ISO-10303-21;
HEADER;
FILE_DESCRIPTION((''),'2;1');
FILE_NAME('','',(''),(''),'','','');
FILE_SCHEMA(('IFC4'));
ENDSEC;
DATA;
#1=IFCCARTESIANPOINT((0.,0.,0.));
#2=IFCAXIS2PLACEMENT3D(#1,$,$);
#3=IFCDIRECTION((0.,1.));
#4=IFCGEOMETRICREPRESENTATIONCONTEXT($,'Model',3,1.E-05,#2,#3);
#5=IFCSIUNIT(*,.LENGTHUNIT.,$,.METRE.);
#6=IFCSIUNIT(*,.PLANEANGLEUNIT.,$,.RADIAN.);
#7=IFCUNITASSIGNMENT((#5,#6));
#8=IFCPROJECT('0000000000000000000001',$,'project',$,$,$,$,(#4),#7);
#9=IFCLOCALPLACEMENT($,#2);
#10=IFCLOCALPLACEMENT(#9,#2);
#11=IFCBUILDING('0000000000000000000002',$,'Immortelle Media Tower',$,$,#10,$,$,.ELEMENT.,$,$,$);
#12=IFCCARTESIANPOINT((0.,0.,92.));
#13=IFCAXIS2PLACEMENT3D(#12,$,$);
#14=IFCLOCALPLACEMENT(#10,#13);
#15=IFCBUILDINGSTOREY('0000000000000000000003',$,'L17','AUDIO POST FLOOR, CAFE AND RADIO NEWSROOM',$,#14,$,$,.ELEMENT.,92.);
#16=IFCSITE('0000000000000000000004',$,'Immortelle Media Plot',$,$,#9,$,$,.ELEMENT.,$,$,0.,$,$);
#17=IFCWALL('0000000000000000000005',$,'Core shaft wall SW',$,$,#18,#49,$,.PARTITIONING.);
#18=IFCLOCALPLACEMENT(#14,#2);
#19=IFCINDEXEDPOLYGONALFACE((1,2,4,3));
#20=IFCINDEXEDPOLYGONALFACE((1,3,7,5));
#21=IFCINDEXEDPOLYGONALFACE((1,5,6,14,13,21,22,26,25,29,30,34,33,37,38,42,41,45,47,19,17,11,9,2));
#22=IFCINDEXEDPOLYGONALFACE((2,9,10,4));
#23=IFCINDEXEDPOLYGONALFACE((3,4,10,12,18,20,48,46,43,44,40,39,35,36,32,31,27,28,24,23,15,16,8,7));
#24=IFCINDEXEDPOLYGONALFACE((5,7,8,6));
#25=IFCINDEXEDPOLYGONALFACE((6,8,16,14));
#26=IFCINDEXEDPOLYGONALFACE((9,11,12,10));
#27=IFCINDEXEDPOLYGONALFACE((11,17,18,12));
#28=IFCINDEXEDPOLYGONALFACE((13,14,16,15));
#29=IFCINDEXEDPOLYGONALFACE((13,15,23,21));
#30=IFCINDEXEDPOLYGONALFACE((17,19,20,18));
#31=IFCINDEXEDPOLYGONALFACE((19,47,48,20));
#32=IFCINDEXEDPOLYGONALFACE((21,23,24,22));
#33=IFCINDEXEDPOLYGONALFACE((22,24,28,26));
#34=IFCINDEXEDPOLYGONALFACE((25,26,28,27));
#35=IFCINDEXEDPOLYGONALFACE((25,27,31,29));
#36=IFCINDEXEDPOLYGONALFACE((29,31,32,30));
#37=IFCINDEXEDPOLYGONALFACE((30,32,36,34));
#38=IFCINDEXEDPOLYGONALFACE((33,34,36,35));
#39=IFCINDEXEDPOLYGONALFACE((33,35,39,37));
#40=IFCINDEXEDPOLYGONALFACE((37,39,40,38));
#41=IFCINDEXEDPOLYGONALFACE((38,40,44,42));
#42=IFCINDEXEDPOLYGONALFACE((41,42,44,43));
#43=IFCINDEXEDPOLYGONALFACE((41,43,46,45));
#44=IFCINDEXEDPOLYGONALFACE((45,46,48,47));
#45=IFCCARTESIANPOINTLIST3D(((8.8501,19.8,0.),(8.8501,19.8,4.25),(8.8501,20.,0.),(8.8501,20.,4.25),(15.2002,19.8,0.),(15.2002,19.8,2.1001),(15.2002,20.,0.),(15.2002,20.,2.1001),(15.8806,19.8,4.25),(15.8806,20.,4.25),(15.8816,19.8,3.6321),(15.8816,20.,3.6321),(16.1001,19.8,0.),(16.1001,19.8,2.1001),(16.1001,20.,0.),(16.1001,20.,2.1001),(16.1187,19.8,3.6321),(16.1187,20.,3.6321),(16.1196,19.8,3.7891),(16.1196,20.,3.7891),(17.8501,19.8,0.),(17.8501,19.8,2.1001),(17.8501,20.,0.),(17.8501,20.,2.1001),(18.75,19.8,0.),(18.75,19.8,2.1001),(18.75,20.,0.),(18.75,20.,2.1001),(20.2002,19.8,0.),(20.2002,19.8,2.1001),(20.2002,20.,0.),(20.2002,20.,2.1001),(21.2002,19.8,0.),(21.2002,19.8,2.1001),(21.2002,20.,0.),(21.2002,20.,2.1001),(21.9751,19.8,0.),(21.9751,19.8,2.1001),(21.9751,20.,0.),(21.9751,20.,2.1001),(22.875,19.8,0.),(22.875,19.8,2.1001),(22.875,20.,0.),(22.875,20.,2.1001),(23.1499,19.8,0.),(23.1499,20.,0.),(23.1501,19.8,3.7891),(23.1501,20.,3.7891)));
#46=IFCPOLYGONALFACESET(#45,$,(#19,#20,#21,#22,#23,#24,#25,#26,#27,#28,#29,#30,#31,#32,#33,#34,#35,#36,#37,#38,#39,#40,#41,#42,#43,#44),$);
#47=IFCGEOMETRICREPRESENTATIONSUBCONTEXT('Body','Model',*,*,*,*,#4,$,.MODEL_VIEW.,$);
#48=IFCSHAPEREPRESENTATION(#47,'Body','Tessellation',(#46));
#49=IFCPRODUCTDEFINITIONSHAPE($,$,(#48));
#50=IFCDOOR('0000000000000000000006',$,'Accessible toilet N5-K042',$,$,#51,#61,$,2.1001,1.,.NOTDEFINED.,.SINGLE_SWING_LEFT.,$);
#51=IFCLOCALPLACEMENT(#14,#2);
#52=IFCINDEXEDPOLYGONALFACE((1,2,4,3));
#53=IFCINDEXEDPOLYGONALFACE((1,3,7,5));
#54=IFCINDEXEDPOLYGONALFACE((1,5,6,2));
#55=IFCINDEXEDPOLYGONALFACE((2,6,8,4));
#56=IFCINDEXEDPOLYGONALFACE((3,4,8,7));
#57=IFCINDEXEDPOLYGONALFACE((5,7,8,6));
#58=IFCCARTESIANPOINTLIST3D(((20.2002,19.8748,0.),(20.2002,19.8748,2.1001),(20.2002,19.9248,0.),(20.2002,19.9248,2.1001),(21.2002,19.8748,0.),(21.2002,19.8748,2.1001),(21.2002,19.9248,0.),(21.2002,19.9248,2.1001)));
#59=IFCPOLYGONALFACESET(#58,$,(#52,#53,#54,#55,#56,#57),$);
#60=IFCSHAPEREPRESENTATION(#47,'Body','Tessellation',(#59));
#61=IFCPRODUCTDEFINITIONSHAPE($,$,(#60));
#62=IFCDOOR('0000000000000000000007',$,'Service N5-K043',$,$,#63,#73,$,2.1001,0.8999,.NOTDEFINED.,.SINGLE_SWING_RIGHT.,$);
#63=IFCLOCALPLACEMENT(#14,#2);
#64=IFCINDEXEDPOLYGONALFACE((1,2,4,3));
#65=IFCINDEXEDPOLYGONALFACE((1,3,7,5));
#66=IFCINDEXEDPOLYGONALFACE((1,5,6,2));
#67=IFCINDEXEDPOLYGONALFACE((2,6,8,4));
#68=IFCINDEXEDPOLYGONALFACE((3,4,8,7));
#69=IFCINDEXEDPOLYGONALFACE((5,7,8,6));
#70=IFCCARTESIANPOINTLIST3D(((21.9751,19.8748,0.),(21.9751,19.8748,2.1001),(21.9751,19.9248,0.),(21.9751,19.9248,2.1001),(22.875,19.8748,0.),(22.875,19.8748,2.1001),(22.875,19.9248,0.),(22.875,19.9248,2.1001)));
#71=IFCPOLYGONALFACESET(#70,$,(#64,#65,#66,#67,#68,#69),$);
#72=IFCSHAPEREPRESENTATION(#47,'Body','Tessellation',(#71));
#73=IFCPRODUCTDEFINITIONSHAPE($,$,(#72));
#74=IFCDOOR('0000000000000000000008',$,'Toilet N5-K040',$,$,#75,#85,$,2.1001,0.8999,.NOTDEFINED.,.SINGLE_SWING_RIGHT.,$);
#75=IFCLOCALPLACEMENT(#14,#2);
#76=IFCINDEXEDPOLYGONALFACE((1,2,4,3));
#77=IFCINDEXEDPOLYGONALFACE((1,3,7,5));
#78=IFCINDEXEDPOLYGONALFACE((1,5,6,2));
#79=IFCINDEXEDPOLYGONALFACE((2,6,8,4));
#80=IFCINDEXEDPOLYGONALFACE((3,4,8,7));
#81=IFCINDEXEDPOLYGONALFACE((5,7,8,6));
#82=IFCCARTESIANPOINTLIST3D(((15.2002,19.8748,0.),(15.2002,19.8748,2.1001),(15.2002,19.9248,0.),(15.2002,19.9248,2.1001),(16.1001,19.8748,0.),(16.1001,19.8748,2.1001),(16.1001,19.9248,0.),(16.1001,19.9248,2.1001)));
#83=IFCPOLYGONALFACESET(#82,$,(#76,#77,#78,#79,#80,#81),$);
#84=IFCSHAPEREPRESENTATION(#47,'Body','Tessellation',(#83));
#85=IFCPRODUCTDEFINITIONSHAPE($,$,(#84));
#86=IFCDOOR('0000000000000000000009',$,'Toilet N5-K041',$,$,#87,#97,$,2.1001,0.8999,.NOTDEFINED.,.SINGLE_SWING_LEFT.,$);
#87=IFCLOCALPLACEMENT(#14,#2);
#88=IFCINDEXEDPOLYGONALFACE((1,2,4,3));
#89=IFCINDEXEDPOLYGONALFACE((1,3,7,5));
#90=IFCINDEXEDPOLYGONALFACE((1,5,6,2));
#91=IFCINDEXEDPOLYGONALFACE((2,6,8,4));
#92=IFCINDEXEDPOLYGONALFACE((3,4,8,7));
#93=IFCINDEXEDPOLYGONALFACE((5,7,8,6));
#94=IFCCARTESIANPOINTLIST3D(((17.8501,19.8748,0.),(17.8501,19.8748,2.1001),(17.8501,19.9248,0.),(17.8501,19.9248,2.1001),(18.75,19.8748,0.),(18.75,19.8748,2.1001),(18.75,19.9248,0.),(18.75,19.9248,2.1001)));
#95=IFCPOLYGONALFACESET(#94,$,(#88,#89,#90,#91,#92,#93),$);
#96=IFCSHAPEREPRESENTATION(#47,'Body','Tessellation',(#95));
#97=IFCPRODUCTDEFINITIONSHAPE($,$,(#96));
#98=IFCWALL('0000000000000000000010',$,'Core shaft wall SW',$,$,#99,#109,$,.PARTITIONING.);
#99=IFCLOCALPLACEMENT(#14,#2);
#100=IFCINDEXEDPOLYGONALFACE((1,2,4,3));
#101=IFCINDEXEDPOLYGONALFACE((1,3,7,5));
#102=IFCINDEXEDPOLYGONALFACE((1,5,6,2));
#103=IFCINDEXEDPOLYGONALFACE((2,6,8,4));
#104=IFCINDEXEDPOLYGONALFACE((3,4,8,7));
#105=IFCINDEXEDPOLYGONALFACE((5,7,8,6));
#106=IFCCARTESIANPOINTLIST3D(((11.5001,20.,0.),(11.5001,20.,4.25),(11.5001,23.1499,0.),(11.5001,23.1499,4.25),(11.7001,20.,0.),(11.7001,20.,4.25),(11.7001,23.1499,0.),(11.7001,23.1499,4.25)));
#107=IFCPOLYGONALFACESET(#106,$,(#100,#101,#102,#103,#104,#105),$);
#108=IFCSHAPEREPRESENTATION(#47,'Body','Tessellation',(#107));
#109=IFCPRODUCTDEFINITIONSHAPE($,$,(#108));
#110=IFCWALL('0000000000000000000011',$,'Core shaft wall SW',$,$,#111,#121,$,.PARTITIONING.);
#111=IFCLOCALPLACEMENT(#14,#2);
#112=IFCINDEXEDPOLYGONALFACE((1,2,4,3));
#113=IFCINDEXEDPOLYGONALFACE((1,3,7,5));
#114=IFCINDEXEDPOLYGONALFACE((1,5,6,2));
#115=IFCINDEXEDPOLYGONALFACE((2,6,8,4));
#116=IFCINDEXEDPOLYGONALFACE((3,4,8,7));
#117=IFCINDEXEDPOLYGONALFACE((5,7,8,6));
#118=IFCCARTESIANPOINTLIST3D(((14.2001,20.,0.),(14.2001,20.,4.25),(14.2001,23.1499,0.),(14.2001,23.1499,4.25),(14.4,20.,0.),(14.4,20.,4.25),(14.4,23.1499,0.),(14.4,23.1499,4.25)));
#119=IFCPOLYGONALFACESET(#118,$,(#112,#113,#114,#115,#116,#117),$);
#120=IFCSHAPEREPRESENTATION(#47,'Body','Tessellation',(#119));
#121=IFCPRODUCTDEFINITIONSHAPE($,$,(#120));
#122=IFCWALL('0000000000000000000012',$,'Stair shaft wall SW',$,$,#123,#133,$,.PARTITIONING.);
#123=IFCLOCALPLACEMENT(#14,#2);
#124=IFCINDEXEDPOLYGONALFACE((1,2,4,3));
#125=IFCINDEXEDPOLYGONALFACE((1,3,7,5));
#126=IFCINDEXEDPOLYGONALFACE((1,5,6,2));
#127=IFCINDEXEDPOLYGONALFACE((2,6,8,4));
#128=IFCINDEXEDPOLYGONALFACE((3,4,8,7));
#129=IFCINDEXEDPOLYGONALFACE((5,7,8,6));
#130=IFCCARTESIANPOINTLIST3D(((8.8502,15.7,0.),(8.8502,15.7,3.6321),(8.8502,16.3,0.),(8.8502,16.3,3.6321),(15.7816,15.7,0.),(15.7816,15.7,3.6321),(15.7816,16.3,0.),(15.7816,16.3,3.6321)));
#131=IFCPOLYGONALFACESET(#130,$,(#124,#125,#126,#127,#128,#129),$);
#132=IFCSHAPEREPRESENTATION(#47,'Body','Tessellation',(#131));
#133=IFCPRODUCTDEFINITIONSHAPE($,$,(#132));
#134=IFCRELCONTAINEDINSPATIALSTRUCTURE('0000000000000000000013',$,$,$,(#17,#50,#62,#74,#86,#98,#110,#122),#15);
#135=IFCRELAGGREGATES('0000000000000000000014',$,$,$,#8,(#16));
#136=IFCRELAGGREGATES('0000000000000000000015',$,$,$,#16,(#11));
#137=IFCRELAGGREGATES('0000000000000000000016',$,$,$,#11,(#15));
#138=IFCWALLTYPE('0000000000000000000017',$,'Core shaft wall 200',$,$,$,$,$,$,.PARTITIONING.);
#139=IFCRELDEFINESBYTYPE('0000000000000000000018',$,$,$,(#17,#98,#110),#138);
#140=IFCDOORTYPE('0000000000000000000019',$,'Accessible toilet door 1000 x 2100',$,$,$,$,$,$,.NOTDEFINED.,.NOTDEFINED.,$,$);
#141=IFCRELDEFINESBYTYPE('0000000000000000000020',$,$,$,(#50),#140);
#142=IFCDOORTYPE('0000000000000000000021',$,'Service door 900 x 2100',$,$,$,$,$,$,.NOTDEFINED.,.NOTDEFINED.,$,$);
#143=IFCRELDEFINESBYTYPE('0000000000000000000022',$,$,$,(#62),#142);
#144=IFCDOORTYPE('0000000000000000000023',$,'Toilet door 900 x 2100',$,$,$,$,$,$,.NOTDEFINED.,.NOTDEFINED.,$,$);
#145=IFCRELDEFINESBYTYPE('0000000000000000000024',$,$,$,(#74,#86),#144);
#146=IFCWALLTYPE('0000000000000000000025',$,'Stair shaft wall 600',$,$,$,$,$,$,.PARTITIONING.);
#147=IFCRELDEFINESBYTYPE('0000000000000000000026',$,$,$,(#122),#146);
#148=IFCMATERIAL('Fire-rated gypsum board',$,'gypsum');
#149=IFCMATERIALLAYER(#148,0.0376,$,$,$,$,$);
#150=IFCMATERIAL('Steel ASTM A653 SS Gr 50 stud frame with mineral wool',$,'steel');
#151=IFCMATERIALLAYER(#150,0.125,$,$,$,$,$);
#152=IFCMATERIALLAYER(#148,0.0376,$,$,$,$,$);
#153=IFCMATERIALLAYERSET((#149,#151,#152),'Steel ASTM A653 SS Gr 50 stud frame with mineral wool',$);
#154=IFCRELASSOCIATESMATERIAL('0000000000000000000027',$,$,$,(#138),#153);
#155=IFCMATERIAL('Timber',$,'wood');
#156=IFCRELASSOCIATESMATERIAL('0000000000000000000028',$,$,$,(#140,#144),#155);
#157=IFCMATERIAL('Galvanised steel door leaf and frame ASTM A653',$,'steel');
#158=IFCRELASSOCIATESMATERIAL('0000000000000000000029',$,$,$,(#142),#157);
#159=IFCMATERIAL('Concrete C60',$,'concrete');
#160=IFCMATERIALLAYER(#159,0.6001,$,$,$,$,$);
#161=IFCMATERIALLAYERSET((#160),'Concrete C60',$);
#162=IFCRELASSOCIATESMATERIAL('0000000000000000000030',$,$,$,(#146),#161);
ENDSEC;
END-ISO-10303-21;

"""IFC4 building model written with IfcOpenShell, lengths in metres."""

from ifc_helpers import new_model, si_unit, direction, frame, frame_2d, origin, place, context, subcontext, project, spatial, polyline, rectangle, outline, extrude, material, layer, layer_set, type_object, element, fill, save


model = new_model("IFC4")

# Units and contexts
model_context = context("Model", 3, precision=1e-05, world=origin(), true_north=direction((0.0, 1.0)))
body_context = subcontext(model_context, "Body", "Model", "MODEL_VIEW")
ifc_project = project(units=[si_unit("LENGTHUNIT", "METRE"), si_unit("PLANEANGLEUNIT", "RADIAN")], contexts=[model_context])

# Site, building, storey
site_placement = place(None, origin())
site = spatial("IfcSite", under=ifc_project, at=site_placement, Name="Immortelle Media Plot", CompositionType="ELEMENT", RefElevation=0.0)
building_placement = place(site_placement, origin())
building = spatial("IfcBuilding", under=site, at=building_placement, Name="Immortelle Media Tower", CompositionType="ELEMENT")
storey_placement = place(building_placement, frame((0.0, 0.0, 92.0)))
storey = spatial("IfcBuildingStorey", under=building, at=storey_placement, Name="L17", Description="AUDIO POST FLOOR, CAFE AND RADIO NEWSROOM", CompositionType="ELEMENT", Elevation=92.0)

# Shared definitions
ifc_material_1 = material(Name="Galvanised steel door leaf and frame ASTM A653", Category="steel")

# Shared definitions
ifc_material_2 = material(Name="Fire-rated gypsum board", Category="gypsum")
ifc_material_3 = material(Name="Steel ASTM A653 SS Gr 50 stud frame with mineral wool", Category="steel")
ifc_layer_1 = layer(ifc_material_2, 0.0376)
ifc_layer_2 = layer(ifc_material_3, 0.125)
ifc_layer_3 = layer(ifc_material_2, 0.0376)
ifc_layer_set_1 = layer_set([ifc_layer_1, ifc_layer_2, ifc_layer_3], Name="Steel ASTM A653 SS Gr 50 stud frame with mineral wool")
wall_type_1 = type_object("IfcWallType", Name="Core shaft wall 200", PredefinedType="PARTITIONING", material=ifc_layer_set_1)

# Wall, openings, doors
wall_1_placement = place(storey_placement, frame((8.8501, 19.8999, 0.0), z_axis=(0.0, 0.0, 1.0), x_axis=(1.0, 0.0, 0.0)))
wall_1 = element("IfcWall", 1, at=wall_1_placement, inside=storey, type_object=wall_type_1, Name="Core shaft wall SW", PredefinedType="PARTITIONING", context=body_context, shape_type="SweptSolid", body=[
    extrude(outline(polyline([(0.0, 0.0), (14.2998, 0.0), (14.3, 3.7891), (7.2695, 3.7891), (7.2686, 3.6321), (7.0315, 3.6321), (7.0305, 4.25), (0.0, 4.25), (0.0, 0.0)])), frame((0.0, 0.1001, 0.0), z_axis=(0.0, -1.0, 0.0), x_axis=(1.0, 0.0, 0.0)), (0.0, 0.0, 1.0), 0.2),
])
opening_1_placement = place(wall_1_placement, frame((6.3501, 0.0, 0.0)))
opening_1 = element("IfcOpeningElement", 2, at=opening_1_placement, cuts=wall_1, PredefinedType="OPENING", context=body_context, shape_type="SweptSolid", body=[
    extrude(rectangle(XDim=0.8999, YDim=2.1001, at=frame_2d((0.45, 1.05))), frame((0.0, 0.1099, 0.0), z_axis=(0.0, -1.0, 0.0), x_axis=(1.0, 0.0, 0.0)), (0.0, 0.0, 1.0), 0.22),
])
opening_2_placement = place(wall_1_placement, frame((9.0, 0.0, 0.0)))
opening_2 = element("IfcOpeningElement", 3, at=opening_2_placement, cuts=wall_1, PredefinedType="OPENING", context=body_context, shape_type="SweptSolid", body=[
    extrude(rectangle(XDim=0.8999, YDim=2.1001, at=frame_2d((0.45, 1.05))), frame((0.0, 0.1099, 0.0), z_axis=(0.0, -1.0, 0.0), x_axis=(1.0, 0.0, 0.0)), (0.0, 0.0, 1.0), 0.22),
])
opening_3_placement = place(wall_1_placement, frame((11.3501, 0.0, 0.0)))
opening_3 = element("IfcOpeningElement", 4, at=opening_3_placement, cuts=wall_1, PredefinedType="OPENING", context=body_context, shape_type="SweptSolid", body=[
    extrude(rectangle(XDim=1.0, YDim=2.1001, at=frame_2d((0.5, 1.05))), frame((0.0, 0.1099, 0.0), z_axis=(0.0, -1.0, 0.0), x_axis=(1.0, 0.0, 0.0)), (0.0, 0.0, 1.0), 0.22),
])
opening_4_placement = place(wall_1_placement, frame((13.125, 0.0, 0.0)))
opening_4 = element("IfcOpeningElement", 5, at=opening_4_placement, cuts=wall_1, PredefinedType="OPENING", context=body_context, shape_type="SweptSolid", body=[
    extrude(rectangle(XDim=0.8999, YDim=2.1001, at=frame_2d((0.45, 1.05))), frame((0.0, 0.1099, 0.0), z_axis=(0.0, -1.0, 0.0), x_axis=(1.0, 0.0, 0.0)), (0.0, 0.0, 1.0), 0.22),
])
ifc_material_4 = material(Name="Timber", Category="wood")
door_type_1 = type_object("IfcDoorType", Name="Accessible toilet door 1000 x 2100", OperationType="NOTDEFINED", PredefinedType="NOTDEFINED", material=ifc_material_4)
door_1_placement = place(opening_3_placement, origin())
door_1 = element("IfcDoor", 6, at=door_1_placement, inside=storey, type_object=door_type_1, Name="Accessible toilet N5-K042", OperationType="SINGLE_SWING_LEFT", OverallHeight=2.1001, OverallWidth=1.0, PredefinedType="NOTDEFINED", context=body_context, shape_type="SweptSolid", body=[
    extrude(rectangle(XDim=1.0, YDim=2.1001, at=frame_2d((0.5, 1.05))), frame((0.0, 0.0249, 0.0), z_axis=(0.0, -1.0, 0.0), x_axis=(1.0, 0.0, 0.0)), (0.0, 0.0, 1.0), 0.05),
])
fill(opening_3, door_1)
door_type_2 = type_object("IfcDoorType", Name="Service door 900 x 2100", OperationType="NOTDEFINED", PredefinedType="NOTDEFINED", material=ifc_material_1)
door_2_placement = place(opening_4_placement, origin())
door_2 = element("IfcDoor", 7, at=door_2_placement, inside=storey, type_object=door_type_2, Name="Service N5-K043", OperationType="SINGLE_SWING_RIGHT", OverallHeight=2.1001, OverallWidth=0.8999, PredefinedType="NOTDEFINED", context=body_context, shape_type="SweptSolid", body=[
    extrude(rectangle(XDim=0.8999, YDim=2.1001, at=frame_2d((0.45, 1.05))), frame((0.0, 0.0249, 0.0), z_axis=(0.0, -1.0, 0.0), x_axis=(1.0, 0.0, 0.0)), (0.0, 0.0, 1.0), 0.05),
])
fill(opening_4, door_2)
door_type_3 = type_object("IfcDoorType", Name="Toilet door 900 x 2100", OperationType="NOTDEFINED", PredefinedType="NOTDEFINED", material=ifc_material_4)
door_3_placement = place(opening_1_placement, origin())
door_3 = element("IfcDoor", 8, at=door_3_placement, inside=storey, type_object=door_type_3, Name="Toilet N5-K040", OperationType="SINGLE_SWING_RIGHT", OverallHeight=2.1001, OverallWidth=0.8999, PredefinedType="NOTDEFINED", context=body_context, shape_type="SweptSolid", body=[
    extrude(rectangle(XDim=0.8999, YDim=2.1001, at=frame_2d((0.45, 1.05))), frame((0.0, 0.0249, 0.0), z_axis=(0.0, -1.0, 0.0), x_axis=(1.0, 0.0, 0.0)), (0.0, 0.0, 1.0), 0.05),
])
fill(opening_1, door_3)
door_4_placement = place(opening_2_placement, origin())
door_4 = element("IfcDoor", 9, at=door_4_placement, inside=storey, type_object=door_type_3, Name="Toilet N5-K041", OperationType="SINGLE_SWING_LEFT", OverallHeight=2.1001, OverallWidth=0.8999, PredefinedType="NOTDEFINED", context=body_context, shape_type="SweptSolid", body=[
    extrude(rectangle(XDim=0.8999, YDim=2.1001, at=frame_2d((0.45, 1.05))), frame((0.0, 0.0249, 0.0), z_axis=(0.0, -1.0, 0.0), x_axis=(1.0, 0.0, 0.0)), (0.0, 0.0, 1.0), 0.05),
])
fill(opening_2, door_4)

# Walls
for number, where, z_axis, x_axis, name in (
    (10, (11.6001, 20.0, 0.0), (0.0, 0.0, 1.0), (0.0, 1.0, 0.0), "Core shaft wall SW"),
    (11, (14.3, 20.0, 0.0), (0.0, 0.0, 1.0), (0.0, 1.0, 0.0), "Core shaft wall SW"),
):
    element("IfcWall", number, at=place(storey_placement, frame(where, z_axis=z_axis, x_axis=x_axis)), inside=storey, type_object=wall_type_1, Name=name, PredefinedType="PARTITIONING", context=body_context, shape_type="SweptSolid", body=[
        extrude(rectangle(XDim=3.1499, YDim=0.2, at=frame_2d((1.575, 0.0))), origin(), (0.0, 0.0, 1.0), 4.25),
    ])
ifc_material_5 = material(Name="Concrete C60", Category="concrete")
ifc_layer_4 = layer(ifc_material_5, 0.6001)
ifc_layer_set_2 = layer_set([ifc_layer_4], Name="Concrete C60")
wall_type_2 = type_object("IfcWallType", Name="Stair shaft wall 600", PredefinedType="PARTITIONING", material=ifc_layer_set_2)
wall_2_placement = place(storey_placement, frame((8.8501, 16.0, 0.0), z_axis=(0.0, 0.0, 1.0), x_axis=(1.0, 0.0, 0.0)))
element("IfcWall", 12, at=wall_2_placement, inside=storey, type_object=wall_type_2, Name="Stair shaft wall SW", PredefinedType="PARTITIONING", context=body_context, shape_type="SweptSolid", body=[
    extrude(rectangle(XDim=6.9314, YDim=0.6001, at=frame_2d((3.4658, 0.0))), origin(), (0.0, 0.0, 1.0), 3.6321),
])

save(model, "model.ifc")
